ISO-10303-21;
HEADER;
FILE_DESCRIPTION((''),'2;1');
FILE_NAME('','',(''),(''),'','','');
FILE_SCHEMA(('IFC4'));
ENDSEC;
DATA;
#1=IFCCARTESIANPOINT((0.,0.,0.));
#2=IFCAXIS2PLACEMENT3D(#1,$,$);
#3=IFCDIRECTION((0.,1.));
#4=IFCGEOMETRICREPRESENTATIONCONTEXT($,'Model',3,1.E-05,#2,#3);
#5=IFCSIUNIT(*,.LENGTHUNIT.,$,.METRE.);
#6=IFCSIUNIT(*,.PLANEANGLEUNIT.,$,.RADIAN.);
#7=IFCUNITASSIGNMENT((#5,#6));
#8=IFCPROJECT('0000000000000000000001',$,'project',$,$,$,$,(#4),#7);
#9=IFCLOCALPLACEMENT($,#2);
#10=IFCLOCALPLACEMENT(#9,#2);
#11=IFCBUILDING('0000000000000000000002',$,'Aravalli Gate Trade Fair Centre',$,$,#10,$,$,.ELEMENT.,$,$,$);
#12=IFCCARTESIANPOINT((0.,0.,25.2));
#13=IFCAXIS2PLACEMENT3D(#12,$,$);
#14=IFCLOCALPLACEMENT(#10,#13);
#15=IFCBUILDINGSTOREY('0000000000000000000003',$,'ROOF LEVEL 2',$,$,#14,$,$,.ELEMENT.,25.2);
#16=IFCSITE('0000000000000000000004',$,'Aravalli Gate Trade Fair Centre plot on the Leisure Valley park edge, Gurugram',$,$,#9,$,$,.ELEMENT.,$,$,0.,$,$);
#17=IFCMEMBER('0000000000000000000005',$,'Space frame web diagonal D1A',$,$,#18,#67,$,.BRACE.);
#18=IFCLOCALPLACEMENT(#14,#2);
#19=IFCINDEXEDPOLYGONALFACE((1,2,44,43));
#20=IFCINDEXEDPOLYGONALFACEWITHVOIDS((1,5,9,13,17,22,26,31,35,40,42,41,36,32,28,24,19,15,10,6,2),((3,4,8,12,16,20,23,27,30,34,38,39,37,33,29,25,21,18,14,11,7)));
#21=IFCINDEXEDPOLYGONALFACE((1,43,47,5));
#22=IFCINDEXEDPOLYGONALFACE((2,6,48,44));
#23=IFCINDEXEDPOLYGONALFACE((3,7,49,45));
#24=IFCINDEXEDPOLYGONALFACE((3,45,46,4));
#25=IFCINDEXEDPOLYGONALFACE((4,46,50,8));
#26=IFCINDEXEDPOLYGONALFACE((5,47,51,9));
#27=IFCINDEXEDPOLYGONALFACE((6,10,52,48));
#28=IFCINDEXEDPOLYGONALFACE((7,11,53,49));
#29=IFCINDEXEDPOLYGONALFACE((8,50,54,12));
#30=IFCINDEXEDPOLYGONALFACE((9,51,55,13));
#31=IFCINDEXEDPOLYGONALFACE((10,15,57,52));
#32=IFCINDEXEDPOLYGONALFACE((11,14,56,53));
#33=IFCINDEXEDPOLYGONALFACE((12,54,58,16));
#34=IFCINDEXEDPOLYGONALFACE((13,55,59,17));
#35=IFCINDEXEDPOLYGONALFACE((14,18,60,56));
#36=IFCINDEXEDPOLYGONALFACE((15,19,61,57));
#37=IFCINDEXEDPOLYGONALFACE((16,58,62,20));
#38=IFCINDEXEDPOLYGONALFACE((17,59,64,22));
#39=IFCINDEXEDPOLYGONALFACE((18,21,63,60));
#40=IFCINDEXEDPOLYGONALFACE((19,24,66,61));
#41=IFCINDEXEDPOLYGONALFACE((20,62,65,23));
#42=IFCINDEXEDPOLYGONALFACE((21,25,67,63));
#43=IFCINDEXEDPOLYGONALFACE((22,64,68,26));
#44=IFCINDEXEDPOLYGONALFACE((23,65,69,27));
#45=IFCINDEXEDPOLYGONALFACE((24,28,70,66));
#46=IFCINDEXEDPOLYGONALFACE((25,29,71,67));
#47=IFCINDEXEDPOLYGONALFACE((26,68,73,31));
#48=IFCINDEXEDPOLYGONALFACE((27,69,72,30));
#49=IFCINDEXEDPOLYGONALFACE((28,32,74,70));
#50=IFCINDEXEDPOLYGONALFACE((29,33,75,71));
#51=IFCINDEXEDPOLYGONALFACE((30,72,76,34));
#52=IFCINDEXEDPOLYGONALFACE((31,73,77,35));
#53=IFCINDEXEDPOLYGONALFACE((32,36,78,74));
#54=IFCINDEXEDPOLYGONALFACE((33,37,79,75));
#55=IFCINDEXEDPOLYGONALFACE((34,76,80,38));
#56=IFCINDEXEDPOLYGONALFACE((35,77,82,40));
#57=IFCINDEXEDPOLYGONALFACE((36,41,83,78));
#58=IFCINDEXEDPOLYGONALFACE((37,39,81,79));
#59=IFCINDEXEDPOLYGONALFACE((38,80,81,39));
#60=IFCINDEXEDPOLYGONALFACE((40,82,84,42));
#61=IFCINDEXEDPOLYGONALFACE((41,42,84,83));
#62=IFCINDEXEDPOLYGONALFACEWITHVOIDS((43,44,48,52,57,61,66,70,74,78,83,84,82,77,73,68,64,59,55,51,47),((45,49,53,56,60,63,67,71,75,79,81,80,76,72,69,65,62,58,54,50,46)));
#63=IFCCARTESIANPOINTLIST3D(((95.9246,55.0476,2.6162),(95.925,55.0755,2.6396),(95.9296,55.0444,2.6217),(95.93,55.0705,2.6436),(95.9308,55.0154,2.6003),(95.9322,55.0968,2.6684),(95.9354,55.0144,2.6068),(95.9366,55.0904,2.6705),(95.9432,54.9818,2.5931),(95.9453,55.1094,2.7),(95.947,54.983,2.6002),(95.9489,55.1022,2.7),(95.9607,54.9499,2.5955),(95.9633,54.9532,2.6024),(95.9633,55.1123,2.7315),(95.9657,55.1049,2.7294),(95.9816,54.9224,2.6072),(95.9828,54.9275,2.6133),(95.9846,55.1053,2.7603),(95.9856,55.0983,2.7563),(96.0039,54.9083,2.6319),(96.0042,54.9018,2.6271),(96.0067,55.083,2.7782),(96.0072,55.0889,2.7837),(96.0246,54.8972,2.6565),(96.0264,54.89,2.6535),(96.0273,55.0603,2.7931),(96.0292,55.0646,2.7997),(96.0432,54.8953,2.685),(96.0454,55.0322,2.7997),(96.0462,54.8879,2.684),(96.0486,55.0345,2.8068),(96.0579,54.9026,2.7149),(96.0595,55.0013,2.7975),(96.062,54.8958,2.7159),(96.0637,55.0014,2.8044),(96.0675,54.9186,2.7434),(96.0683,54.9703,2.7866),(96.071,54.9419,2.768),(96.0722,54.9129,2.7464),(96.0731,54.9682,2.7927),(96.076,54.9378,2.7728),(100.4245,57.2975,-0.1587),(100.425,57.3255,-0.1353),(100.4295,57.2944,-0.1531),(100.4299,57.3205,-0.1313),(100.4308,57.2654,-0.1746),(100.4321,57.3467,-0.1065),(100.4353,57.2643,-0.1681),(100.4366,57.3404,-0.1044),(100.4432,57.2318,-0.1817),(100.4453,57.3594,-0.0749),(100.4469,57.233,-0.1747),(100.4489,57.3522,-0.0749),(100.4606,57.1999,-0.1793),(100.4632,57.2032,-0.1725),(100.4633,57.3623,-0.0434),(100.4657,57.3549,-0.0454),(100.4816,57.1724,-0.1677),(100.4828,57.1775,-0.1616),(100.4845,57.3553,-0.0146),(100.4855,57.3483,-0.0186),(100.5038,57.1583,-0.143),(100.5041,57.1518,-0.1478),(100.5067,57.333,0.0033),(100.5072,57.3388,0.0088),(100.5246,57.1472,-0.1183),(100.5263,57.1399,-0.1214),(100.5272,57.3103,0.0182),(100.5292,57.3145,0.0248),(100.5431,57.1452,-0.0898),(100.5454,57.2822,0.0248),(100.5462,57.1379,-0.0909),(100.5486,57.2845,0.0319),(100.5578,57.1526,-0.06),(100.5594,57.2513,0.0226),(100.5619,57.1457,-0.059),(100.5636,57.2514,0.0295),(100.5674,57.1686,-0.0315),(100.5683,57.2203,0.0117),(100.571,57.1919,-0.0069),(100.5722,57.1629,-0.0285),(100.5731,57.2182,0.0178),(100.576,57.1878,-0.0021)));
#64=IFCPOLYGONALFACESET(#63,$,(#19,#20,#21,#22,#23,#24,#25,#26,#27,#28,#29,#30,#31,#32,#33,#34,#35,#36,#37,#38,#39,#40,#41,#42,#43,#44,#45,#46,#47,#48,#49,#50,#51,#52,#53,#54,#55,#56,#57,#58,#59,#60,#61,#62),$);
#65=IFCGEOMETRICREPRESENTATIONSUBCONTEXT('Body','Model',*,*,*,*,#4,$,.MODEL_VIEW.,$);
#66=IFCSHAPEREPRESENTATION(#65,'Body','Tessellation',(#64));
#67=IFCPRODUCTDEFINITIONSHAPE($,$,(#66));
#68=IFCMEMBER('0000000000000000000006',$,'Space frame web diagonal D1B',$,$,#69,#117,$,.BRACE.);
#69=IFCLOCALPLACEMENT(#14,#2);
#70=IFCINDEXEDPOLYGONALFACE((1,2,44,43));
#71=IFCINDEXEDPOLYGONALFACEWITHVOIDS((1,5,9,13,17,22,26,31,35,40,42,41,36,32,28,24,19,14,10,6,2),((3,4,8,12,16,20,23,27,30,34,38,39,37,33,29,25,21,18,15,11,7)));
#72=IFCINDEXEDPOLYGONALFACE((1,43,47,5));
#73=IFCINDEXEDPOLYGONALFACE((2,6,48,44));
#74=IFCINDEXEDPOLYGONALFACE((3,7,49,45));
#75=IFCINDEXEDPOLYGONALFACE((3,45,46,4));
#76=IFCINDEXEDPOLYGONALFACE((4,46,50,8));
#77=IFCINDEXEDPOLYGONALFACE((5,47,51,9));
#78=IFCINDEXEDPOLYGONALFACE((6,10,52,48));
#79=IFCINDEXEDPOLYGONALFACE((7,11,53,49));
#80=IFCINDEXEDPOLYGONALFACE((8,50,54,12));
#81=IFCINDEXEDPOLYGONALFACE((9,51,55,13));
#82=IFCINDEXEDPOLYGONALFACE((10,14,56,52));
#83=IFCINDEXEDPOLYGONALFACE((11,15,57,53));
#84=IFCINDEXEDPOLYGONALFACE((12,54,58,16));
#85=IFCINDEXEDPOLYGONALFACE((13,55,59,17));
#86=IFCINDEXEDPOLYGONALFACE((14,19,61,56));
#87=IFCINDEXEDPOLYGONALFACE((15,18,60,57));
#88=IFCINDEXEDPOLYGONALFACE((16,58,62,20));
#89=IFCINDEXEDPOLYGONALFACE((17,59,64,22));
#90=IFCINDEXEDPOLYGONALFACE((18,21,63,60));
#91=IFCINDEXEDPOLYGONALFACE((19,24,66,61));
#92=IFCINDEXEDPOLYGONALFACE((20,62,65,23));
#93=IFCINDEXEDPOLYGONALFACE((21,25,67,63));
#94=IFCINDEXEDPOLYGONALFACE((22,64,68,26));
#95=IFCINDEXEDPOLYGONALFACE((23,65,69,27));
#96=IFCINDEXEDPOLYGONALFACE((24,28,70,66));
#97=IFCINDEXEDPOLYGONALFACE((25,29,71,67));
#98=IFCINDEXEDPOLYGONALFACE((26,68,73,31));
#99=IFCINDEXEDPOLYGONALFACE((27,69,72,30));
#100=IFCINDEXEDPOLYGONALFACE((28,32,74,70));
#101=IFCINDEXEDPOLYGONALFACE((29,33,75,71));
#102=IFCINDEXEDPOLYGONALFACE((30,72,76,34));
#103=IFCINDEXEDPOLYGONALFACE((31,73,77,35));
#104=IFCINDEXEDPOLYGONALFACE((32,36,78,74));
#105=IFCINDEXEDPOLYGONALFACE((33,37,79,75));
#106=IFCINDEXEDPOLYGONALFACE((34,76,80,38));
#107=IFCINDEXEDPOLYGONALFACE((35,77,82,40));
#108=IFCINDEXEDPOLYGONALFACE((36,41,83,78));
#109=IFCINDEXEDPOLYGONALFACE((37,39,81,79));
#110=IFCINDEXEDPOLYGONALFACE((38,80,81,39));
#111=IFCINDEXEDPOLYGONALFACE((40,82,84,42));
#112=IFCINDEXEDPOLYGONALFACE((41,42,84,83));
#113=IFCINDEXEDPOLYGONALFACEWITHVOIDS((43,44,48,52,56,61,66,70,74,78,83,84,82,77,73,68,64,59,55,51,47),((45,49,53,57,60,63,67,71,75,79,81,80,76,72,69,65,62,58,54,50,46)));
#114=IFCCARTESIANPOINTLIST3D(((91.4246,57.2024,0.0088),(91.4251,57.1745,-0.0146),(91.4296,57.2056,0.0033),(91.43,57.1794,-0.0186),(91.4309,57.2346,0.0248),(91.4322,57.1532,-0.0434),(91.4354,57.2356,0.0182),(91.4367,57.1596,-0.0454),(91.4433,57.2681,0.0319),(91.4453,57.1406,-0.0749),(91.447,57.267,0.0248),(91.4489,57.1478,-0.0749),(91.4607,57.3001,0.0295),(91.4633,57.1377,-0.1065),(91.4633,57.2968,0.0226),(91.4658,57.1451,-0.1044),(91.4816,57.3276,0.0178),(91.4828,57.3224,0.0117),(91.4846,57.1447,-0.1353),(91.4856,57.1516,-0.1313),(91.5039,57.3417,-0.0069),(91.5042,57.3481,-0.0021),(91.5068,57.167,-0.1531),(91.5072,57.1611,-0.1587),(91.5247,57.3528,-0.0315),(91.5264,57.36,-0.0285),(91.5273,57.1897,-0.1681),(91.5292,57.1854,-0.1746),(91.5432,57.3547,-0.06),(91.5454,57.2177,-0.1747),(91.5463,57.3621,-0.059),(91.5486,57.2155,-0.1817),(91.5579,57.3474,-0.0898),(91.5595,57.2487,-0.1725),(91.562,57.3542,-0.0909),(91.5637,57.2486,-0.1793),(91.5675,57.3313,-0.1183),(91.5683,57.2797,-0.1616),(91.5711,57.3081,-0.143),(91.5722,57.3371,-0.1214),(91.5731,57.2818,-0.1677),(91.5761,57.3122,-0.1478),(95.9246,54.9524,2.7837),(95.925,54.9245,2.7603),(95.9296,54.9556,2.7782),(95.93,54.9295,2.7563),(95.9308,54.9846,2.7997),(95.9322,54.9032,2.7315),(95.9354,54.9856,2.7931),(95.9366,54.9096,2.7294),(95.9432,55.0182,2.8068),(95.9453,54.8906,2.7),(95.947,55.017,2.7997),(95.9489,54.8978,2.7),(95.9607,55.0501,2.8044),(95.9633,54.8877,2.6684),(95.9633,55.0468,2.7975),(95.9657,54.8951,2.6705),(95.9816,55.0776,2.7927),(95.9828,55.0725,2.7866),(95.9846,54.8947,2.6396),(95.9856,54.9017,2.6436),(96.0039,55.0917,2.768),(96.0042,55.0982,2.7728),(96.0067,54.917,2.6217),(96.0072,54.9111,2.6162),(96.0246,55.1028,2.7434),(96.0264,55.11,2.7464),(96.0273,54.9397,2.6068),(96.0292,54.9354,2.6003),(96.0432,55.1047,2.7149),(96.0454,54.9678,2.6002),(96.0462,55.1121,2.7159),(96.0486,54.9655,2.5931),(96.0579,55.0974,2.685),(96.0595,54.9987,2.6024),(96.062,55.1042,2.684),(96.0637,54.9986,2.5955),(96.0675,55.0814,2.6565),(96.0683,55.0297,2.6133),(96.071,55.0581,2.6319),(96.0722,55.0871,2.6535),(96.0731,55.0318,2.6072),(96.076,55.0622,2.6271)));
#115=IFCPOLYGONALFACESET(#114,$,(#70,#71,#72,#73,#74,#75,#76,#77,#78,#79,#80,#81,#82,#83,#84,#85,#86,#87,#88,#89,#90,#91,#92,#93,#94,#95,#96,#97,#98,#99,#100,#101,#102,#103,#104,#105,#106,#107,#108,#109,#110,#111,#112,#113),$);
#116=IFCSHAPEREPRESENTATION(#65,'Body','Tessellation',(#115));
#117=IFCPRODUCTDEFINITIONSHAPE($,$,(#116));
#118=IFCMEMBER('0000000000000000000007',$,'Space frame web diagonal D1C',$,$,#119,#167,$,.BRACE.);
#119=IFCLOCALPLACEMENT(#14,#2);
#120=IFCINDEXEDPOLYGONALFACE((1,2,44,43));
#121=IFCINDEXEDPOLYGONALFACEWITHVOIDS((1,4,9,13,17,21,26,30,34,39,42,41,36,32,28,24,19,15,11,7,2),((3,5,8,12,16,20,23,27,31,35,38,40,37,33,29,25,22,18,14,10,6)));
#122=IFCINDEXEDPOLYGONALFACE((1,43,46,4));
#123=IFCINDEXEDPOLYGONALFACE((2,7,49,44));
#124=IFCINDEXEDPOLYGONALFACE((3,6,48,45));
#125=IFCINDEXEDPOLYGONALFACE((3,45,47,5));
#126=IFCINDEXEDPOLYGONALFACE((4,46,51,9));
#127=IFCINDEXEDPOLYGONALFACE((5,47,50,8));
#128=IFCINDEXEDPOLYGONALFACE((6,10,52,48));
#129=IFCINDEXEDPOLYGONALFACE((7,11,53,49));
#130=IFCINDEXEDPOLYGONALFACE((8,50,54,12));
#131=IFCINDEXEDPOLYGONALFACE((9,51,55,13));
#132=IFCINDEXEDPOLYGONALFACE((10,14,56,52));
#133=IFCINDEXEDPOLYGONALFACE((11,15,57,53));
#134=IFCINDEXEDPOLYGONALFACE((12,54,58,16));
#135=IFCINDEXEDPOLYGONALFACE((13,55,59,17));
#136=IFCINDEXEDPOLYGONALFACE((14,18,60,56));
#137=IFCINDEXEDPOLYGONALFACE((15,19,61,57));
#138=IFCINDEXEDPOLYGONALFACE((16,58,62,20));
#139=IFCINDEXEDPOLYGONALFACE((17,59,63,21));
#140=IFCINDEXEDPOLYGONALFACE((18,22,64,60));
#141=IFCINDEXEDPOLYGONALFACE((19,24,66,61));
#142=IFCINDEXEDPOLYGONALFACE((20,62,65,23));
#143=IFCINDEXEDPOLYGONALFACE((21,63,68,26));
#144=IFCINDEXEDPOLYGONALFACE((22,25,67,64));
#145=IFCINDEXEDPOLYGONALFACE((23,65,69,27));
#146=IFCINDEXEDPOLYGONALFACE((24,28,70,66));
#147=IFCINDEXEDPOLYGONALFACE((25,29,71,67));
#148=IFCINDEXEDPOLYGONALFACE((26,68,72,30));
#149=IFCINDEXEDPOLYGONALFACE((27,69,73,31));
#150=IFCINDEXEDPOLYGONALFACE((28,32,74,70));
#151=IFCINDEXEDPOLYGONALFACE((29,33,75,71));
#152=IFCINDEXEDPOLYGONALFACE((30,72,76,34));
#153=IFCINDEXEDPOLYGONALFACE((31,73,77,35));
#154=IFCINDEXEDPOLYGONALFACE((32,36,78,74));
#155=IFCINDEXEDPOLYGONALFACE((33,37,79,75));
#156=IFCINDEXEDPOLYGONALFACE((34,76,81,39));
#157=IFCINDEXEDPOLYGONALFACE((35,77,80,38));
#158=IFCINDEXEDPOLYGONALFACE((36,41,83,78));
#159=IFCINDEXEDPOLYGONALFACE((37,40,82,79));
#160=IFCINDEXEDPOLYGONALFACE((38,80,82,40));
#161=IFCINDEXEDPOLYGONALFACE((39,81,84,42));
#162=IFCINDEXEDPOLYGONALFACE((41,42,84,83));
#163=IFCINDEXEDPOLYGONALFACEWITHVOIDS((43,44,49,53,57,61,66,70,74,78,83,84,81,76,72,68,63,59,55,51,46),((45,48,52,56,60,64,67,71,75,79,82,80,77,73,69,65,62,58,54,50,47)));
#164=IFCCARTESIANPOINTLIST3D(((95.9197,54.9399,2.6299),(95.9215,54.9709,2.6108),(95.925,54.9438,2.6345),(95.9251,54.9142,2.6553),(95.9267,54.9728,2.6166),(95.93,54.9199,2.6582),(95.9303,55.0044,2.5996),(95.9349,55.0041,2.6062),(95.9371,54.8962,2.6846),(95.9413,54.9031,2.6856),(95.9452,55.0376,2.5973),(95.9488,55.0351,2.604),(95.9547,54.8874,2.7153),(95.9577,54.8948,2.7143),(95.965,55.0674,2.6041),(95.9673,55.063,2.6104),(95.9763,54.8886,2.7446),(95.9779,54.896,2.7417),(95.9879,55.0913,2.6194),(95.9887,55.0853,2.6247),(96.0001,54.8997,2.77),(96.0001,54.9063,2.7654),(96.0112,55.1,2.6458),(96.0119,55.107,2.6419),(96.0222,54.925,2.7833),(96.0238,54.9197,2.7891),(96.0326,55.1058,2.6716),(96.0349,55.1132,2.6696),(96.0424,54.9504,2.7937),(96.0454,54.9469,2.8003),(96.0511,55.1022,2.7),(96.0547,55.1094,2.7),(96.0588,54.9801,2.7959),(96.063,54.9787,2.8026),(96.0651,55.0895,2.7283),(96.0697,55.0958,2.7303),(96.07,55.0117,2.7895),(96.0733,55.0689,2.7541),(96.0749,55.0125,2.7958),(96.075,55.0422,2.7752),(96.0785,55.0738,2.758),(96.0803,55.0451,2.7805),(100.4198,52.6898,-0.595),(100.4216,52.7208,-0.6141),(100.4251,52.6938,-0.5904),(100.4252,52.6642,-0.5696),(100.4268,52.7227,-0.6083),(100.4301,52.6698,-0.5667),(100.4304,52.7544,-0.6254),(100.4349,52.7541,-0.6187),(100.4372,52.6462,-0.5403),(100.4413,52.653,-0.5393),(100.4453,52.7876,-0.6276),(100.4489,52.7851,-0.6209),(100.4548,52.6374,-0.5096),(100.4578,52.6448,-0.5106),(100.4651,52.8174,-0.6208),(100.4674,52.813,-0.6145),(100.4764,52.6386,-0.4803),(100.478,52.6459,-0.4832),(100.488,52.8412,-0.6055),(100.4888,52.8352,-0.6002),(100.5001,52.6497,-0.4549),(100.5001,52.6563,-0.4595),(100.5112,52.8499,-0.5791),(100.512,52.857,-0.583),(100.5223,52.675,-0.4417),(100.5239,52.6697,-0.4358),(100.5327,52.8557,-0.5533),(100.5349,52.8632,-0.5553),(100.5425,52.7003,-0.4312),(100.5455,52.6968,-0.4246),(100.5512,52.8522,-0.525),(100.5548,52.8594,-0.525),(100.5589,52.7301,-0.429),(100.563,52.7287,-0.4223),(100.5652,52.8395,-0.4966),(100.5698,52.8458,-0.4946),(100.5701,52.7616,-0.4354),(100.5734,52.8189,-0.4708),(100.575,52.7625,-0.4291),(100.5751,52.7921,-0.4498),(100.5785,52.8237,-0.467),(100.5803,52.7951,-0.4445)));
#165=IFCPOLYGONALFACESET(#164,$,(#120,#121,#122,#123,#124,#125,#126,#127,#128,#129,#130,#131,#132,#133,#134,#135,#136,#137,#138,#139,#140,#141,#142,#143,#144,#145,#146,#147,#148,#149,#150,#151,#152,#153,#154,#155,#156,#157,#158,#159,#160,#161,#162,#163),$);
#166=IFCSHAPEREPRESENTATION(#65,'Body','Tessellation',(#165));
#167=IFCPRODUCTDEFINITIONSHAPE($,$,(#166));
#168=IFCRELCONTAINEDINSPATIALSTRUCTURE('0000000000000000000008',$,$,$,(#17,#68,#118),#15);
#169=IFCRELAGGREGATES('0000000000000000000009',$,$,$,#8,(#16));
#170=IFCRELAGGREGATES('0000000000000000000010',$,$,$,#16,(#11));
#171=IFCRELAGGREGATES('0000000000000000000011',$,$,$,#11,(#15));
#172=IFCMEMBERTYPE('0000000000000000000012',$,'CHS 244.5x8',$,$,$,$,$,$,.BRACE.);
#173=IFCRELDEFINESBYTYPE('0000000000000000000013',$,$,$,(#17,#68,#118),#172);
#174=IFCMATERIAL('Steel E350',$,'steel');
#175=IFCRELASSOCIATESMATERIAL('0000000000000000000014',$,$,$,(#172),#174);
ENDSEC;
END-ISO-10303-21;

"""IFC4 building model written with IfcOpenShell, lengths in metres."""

from ifc_helpers import new_model, si_unit, direction, frame, origin, origin_2d, place, context, subcontext, project, spatial, hollow_circle, extrude, material, material_profile, profile_set, type_object, element, save


model = new_model("IFC4")

# Units and contexts
model_context = context("Model", 3, precision=1e-05, world=origin(), true_north=direction((0.0, 1.0)))
body_context = subcontext(model_context, "Body", "Model", "MODEL_VIEW")
ifc_project = project(units=[si_unit("LENGTHUNIT", "METRE"), si_unit("PLANEANGLEUNIT", "RADIAN")], contexts=[model_context])

# Site, building, storey
site_placement = place(None, origin())
site = spatial("IfcSite", under=ifc_project, at=site_placement, Name="Aravalli Gate Trade Fair Centre plot on the Leisure Valley park edge, Gurugram", CompositionType="ELEMENT", RefElevation=0.0)
building_placement = place(site_placement, origin())
building = spatial("IfcBuilding", under=site, at=building_placement, Name="Aravalli Gate Trade Fair Centre", CompositionType="ELEMENT")
storey_placement = place(building_placement, frame((0.0, 0.0, 25.2)))
storey = spatial("IfcBuildingStorey", under=building, at=storey_placement, Name="ROOF LEVEL 2", CompositionType="ELEMENT", Elevation=25.2)

# Members
ifc_material = material(Name="Steel E350", Category="steel")
ifc_material_profile_1 = material_profile(ifc_material, hollow_circle(Radius=0.1223, WallThickness=0.0081, at=origin_2d()), Name="CHS 244.5x8")
ifc_profile_set_1 = profile_set([ifc_material_profile_1], Name="Steel E350")
member_type_1 = type_object("IfcMemberType", Name="CHS 244.5x8", PredefinedType="BRACE", material=ifc_profile_set_1)
for number, where, z_axis, x_axis, name in (
    (1, (96.0, 55.0, 2.7), (0.7832, 0.3916, -0.482956), (-0.447214, 0.894427, 0.0), "Space frame web diagonal D1A"),
    (2, (96.0, 55.0, 2.7), (-0.7832, 0.3916, -0.482956), (-0.447214, -0.894427, 0.0), "Space frame web diagonal D1B"),
):
    element("IfcMember", number, at=place(storey_placement, frame(where, z_axis=z_axis, x_axis=x_axis)), inside=storey, type_object=member_type_1, Name=name, PredefinedType="BRACE", context=body_context, shape_type="SweptSolid", body=[
        extrude(hollow_circle(Radius=0.1223, WallThickness=0.0081, at=origin_2d()), origin(), (0.0, 0.0, 1.0), 5.7456),
    ])
for number, where, z_axis, x_axis, name in (
    (3, (96.0, 55.0, 2.7), (0.753016, -0.376508, -0.539637), (0.447214, 0.894427, 0.0), "Space frame web diagonal D1C"),
):
    element("IfcMember", number, at=place(storey_placement, frame(where, z_axis=z_axis, x_axis=x_axis)), inside=storey, type_object=member_type_1, Name=name, PredefinedType="BRACE", context=body_context, shape_type="SweptSolid", body=[
        extrude(hollow_circle(Radius=0.1223, WallThickness=0.0081, at=origin_2d()), origin(), (0.0, 0.0, 1.0), 5.9761),
    ])

save(model, "model.ifc")
